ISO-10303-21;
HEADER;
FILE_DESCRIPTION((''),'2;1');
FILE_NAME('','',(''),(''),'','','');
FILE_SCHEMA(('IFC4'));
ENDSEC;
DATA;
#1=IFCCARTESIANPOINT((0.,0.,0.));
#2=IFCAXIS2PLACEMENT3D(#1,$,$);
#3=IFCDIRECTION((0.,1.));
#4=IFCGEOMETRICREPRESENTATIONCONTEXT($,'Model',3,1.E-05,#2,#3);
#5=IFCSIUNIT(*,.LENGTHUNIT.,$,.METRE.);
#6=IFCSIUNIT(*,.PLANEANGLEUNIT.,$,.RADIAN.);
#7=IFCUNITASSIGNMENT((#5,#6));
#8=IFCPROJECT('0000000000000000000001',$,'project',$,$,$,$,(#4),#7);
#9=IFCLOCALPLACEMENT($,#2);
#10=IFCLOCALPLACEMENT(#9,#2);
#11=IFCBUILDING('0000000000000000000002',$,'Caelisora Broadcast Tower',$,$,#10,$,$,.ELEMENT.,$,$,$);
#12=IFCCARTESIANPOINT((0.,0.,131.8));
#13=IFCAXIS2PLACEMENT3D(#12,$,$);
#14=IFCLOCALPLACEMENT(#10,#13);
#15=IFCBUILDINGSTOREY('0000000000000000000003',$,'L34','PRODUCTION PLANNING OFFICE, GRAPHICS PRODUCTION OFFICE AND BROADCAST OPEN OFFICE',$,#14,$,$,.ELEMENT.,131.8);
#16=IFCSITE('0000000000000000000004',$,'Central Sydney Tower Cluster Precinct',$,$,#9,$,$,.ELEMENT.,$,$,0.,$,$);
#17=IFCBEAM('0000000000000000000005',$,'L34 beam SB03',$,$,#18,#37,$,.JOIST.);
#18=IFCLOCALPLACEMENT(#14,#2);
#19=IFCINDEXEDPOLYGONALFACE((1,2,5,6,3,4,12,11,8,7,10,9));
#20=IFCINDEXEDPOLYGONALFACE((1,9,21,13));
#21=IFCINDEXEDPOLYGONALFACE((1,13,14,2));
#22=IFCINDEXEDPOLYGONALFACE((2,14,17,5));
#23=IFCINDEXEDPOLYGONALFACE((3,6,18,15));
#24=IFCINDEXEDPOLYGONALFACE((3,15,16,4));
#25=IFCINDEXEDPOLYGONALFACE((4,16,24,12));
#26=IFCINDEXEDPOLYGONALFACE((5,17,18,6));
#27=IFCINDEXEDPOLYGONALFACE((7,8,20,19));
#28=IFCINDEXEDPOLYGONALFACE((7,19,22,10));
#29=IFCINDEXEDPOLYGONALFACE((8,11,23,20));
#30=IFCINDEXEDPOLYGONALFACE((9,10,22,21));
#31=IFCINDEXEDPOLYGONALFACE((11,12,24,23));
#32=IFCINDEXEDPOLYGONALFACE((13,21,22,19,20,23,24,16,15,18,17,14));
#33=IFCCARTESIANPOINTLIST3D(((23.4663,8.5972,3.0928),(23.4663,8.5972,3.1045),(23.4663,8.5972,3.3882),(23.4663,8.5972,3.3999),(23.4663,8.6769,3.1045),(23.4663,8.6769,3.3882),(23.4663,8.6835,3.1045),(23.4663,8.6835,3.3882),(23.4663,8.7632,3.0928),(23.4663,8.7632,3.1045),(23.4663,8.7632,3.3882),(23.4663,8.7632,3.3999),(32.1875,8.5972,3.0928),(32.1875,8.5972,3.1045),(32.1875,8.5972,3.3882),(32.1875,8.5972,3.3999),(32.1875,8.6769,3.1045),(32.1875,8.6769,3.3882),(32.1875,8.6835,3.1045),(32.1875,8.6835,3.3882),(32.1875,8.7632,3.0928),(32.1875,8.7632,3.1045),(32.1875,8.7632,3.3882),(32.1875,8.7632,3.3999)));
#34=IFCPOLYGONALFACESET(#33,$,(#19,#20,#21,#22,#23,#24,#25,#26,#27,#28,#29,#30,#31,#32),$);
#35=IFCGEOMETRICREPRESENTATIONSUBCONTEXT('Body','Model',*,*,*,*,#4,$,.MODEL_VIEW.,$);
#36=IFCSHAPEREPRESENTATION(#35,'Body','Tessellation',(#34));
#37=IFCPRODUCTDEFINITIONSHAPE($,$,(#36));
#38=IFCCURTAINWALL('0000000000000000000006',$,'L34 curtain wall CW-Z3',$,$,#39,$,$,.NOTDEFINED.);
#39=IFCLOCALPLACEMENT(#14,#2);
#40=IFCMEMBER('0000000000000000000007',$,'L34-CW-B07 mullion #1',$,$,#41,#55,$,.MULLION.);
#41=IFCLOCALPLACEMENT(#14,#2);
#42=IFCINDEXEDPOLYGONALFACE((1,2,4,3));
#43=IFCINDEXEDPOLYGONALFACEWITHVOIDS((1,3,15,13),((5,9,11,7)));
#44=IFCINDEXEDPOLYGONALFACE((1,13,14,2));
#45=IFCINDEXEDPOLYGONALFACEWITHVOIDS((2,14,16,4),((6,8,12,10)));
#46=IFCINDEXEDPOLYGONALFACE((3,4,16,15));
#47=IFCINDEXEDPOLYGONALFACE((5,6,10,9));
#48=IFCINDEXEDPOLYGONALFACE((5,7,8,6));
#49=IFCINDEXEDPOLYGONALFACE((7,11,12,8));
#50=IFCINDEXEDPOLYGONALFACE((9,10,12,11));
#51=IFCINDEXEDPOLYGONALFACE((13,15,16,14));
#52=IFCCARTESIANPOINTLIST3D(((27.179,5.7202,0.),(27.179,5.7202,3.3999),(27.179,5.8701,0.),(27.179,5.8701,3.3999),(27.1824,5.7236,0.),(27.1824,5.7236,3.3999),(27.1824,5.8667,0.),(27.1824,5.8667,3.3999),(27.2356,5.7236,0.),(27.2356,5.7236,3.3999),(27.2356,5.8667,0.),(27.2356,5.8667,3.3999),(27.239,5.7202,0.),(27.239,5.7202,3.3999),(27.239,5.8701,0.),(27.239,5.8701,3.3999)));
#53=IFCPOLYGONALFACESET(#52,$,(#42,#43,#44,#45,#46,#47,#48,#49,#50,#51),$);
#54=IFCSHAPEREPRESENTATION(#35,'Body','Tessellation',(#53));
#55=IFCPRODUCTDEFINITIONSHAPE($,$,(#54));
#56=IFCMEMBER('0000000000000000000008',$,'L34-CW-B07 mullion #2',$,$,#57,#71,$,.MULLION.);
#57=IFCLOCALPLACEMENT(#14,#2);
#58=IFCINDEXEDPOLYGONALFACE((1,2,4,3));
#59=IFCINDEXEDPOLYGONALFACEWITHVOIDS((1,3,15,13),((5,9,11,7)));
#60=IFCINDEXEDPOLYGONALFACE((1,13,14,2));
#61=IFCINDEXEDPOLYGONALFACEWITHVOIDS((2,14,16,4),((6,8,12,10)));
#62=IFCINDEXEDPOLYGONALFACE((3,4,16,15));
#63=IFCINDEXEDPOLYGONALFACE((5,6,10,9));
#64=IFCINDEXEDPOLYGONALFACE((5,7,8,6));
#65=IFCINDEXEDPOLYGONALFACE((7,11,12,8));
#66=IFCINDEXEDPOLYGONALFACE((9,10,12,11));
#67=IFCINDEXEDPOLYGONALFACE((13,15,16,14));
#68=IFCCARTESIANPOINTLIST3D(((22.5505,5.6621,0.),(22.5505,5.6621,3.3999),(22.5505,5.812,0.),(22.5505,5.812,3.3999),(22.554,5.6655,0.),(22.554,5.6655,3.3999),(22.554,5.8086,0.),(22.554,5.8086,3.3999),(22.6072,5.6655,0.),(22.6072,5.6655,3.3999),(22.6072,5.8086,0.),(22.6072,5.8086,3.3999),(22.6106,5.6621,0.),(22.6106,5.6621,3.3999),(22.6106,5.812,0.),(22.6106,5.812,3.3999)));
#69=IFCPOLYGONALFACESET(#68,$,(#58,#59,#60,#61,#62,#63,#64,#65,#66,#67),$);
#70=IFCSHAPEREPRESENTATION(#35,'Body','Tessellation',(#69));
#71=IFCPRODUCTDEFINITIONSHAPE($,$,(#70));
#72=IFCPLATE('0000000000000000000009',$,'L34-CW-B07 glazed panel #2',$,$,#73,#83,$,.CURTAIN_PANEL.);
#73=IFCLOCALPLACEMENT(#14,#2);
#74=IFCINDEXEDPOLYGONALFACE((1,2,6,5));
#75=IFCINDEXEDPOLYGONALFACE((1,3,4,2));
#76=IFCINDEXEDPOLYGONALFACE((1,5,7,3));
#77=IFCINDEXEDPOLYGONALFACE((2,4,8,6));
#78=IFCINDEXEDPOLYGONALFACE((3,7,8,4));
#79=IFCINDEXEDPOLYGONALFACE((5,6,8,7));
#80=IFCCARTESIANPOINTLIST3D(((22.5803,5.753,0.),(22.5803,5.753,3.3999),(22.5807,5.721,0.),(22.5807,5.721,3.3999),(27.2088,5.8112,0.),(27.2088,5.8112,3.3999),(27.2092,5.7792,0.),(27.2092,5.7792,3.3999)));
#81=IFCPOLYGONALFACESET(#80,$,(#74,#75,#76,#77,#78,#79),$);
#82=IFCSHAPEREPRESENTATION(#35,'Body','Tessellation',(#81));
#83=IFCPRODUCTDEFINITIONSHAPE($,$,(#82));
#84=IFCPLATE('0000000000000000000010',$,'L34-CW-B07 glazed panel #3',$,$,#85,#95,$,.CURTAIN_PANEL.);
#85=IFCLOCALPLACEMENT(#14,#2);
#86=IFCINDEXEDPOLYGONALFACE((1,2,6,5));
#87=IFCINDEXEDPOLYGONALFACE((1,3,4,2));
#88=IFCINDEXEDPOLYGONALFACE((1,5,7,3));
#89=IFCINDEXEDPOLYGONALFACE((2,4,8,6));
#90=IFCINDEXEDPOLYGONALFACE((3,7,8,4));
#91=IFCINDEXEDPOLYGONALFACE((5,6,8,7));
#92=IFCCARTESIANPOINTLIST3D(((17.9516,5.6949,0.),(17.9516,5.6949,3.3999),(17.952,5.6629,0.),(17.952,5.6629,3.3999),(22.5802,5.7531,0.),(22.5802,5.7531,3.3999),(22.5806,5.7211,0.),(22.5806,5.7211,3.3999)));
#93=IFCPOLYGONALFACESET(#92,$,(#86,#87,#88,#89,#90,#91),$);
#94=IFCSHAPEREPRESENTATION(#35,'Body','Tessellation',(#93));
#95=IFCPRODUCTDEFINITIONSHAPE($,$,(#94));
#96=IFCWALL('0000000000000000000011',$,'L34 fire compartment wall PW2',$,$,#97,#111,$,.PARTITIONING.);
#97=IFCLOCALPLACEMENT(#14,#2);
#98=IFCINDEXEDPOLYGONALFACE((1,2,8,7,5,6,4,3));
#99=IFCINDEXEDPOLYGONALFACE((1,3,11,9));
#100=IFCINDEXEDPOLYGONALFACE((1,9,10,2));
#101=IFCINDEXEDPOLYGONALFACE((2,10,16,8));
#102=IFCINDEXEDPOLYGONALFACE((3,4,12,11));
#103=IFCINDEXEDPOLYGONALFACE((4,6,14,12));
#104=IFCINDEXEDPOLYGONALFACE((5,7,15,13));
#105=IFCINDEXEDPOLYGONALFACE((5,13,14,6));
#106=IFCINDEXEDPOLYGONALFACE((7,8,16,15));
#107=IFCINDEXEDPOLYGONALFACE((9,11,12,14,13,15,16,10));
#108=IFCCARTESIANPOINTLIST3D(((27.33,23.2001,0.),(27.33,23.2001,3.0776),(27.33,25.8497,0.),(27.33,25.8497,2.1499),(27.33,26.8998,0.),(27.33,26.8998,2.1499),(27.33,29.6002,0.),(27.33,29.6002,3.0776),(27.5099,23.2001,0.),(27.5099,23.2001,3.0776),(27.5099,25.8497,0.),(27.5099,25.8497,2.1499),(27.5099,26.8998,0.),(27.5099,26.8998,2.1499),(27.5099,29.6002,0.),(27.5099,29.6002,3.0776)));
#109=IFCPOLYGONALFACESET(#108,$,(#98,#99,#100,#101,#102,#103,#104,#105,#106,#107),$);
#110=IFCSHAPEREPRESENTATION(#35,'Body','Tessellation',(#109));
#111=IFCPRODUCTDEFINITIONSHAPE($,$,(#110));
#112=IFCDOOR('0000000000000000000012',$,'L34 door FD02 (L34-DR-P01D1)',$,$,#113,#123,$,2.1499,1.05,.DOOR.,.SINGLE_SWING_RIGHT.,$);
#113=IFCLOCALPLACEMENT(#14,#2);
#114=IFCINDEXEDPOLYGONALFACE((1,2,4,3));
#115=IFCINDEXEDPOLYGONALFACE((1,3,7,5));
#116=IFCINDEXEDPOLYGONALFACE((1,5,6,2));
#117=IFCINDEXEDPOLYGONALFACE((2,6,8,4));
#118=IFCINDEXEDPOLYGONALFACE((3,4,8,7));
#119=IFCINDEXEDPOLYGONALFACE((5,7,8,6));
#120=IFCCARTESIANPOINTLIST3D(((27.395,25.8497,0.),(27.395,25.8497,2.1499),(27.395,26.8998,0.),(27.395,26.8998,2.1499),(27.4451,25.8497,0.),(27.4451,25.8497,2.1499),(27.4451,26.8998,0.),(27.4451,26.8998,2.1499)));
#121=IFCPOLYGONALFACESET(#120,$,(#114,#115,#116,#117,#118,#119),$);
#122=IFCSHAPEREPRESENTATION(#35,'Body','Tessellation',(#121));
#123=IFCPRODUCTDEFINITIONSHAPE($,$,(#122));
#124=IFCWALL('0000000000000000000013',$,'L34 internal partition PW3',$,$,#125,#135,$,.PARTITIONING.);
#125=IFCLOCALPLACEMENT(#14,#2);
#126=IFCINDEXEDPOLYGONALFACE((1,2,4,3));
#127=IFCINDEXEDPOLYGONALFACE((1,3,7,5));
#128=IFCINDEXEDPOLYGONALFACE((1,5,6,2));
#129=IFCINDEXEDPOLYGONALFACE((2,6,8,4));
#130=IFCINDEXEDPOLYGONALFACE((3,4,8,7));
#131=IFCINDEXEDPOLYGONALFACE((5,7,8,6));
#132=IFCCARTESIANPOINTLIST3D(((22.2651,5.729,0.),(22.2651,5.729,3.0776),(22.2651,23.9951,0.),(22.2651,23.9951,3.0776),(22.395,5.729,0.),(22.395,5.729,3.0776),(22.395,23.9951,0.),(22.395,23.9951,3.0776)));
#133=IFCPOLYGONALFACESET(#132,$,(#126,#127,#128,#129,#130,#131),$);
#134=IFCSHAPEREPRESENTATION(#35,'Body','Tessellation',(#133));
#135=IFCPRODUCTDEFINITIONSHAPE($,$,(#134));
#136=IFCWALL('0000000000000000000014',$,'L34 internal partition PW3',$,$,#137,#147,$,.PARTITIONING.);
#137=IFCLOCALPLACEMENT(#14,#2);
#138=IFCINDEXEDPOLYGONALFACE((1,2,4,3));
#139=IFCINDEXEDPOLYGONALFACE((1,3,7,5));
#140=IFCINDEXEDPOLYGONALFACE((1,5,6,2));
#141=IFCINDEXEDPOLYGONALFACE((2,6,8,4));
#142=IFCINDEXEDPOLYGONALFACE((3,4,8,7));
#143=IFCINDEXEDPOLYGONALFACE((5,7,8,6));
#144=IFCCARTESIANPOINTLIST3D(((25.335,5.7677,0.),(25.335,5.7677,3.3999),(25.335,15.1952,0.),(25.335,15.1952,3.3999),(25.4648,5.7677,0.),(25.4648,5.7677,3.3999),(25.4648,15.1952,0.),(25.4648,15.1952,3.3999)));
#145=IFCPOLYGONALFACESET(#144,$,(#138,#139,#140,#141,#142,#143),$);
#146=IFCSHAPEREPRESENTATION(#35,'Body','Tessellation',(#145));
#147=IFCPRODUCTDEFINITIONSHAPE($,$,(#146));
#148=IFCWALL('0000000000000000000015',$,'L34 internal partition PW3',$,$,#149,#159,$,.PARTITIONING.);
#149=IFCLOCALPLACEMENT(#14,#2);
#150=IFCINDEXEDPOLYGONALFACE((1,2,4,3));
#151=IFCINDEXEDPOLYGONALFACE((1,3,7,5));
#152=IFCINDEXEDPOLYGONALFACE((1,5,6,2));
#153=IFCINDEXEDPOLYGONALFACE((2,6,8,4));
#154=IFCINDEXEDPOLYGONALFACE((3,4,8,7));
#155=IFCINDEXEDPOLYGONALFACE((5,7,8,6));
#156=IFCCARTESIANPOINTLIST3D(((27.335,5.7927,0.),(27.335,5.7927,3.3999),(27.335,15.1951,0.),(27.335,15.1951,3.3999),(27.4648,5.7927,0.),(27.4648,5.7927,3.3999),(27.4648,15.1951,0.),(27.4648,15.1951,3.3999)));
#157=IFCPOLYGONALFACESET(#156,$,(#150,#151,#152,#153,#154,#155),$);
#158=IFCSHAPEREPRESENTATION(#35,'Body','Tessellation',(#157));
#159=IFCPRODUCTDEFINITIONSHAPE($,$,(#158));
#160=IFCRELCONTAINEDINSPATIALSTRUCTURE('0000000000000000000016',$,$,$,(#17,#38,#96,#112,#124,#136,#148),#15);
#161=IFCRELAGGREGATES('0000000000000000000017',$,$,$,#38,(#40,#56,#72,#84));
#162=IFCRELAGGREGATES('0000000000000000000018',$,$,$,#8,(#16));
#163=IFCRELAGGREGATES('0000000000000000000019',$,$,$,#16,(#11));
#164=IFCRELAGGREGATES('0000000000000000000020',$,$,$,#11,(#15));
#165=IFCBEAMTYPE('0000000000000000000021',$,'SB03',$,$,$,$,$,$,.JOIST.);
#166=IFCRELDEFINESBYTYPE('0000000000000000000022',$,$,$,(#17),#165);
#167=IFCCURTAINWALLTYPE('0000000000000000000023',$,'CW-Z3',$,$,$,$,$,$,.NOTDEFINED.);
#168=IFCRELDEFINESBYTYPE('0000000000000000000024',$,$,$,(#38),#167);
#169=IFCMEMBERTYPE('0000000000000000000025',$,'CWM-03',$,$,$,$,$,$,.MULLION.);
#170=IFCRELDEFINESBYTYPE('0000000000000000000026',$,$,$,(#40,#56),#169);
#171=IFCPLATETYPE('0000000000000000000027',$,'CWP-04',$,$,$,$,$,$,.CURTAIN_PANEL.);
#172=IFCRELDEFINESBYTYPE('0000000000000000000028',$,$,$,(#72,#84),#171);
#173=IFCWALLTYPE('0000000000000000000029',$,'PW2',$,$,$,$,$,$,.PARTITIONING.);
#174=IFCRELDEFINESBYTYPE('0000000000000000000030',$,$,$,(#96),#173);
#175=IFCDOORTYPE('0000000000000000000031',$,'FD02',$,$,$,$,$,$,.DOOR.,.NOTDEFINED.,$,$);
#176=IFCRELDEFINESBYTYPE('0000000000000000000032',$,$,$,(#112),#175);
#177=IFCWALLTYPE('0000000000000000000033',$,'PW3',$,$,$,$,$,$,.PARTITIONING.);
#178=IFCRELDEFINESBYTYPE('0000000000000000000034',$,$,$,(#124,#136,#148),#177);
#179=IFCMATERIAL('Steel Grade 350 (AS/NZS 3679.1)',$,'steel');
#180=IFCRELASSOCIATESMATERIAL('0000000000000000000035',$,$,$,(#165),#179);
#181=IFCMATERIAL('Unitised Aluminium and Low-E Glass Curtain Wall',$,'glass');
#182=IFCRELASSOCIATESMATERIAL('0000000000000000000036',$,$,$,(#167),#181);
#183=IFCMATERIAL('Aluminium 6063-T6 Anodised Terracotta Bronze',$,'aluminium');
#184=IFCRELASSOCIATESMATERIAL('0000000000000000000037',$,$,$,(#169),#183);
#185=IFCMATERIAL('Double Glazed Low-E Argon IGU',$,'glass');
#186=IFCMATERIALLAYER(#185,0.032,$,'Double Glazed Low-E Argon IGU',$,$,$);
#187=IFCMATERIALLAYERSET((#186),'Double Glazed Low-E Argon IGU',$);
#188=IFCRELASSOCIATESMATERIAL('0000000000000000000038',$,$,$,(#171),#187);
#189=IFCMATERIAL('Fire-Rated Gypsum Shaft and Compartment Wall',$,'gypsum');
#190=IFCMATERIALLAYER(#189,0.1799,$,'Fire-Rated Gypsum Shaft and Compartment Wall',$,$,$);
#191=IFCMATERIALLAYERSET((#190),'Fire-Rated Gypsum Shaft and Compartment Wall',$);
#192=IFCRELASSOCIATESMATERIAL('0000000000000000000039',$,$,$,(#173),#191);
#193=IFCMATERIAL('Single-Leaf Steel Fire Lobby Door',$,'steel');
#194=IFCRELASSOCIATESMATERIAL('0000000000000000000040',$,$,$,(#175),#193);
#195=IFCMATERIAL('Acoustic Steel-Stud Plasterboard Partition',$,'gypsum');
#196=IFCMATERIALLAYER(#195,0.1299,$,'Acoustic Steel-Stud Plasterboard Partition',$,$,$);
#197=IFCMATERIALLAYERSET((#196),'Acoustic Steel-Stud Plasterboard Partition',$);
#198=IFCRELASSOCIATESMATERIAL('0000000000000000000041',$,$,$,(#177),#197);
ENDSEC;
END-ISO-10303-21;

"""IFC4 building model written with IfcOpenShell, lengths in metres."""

from ifc_helpers import new_model, si_unit, direction, frame, frame_2d, origin, origin_2d, place, context, subcontext, project, spatial, rectangle, hollow_rectangle, i_section, extrude, source, transform, mapped, material, layer, layer_set, material_profile, profile_set, type_object, type_shapes, element, fill, aggregate, save


model = new_model("IFC4")

# Units and contexts
model_context = context("Model", 3, precision=1e-05, world=origin(), true_north=direction((0.0, 1.0)))
body_context = subcontext(model_context, "Body", "Model", "MODEL_VIEW")
ifc_project = project(units=[si_unit("LENGTHUNIT", "METRE"), si_unit("PLANEANGLEUNIT", "RADIAN")], contexts=[model_context])

# Site, building, storey
site_placement = place(None, origin())
site = spatial("IfcSite", under=ifc_project, at=site_placement, Name="Central Sydney Tower Cluster Precinct", CompositionType="ELEMENT", RefElevation=0.0)
building_placement = place(site_placement, origin())
building = spatial("IfcBuilding", under=site, at=building_placement, Name="Caelisora Broadcast Tower", CompositionType="ELEMENT")
storey_placement = place(building_placement, frame((0.0, 0.0, 131.8)))
storey = spatial("IfcBuildingStorey", under=building, at=storey_placement, Name="L34", Description="PRODUCTION PLANNING OFFICE, GRAPHICS PRODUCTION OFFICE AND BROADCAST OPEN OFFICE", CompositionType="ELEMENT", Elevation=131.8)

# Beam
ifc_material_1 = material(Name="Steel Grade 350 (AS/NZS 3679.1)", Category="steel")
ifc_material_profile_1 = material_profile(ifc_material_1, i_section(OverallWidth=0.166, OverallDepth=0.3071, WebThickness=0.0066, FlangeThickness=0.0117, at=origin_2d()), Name="Steel Grade 350 (AS/NZS 3679.1)")
ifc_profile_set_1 = profile_set([ifc_material_profile_1], Name="Steel Grade 350 (AS/NZS 3679.1)")
beam_type_1 = type_object("IfcBeamType", Name="SB03", PredefinedType="JOIST", material=ifc_profile_set_1)
shared_shape_1 = source(origin(), body_context, "Body", "SweptSolid", [
    extrude(i_section(OverallWidth=0.166, OverallDepth=0.3071, WebThickness=0.0066, FlangeThickness=0.0117, at=origin_2d()), origin(), (0.0, 0.0, 1.0), 8.7212),
])
beam_1_placement = place(storey_placement, frame((23.4663, 8.6802, 3.2463), z_axis=(1.0, 0.0, 0.0), x_axis=(0.0, 1.0, 0.0)))
element("IfcBeam", 1, at=beam_1_placement, inside=storey, type_object=beam_type_1, Name="L34 beam SB03", PredefinedType="JOIST", context=body_context, shape_type="MappedRepresentation", body=[
    mapped(shared_shape_1, transform((0.0, 0.0, 0.0), scale=1.0)),
])

# Curtain wall, members, plates
ifc_material_2 = material(Name="Unitised Aluminium and Low-E Glass Curtain Wall", Category="glass")
curtain_wall_type = type_object("IfcCurtainWallType", Name="CW-Z3", PredefinedType="NOTDEFINED", material=ifc_material_2)
curtain_wall_placement = place(storey_placement, origin())
curtain_wall = element("IfcCurtainWall", 2, at=curtain_wall_placement, inside=storey, type_object=curtain_wall_type, Name="L34 curtain wall CW-Z3", PredefinedType="NOTDEFINED")
ifc_material_3 = material(Name="Aluminium 6063-T6 Anodised Terracotta Bronze", Category="aluminium")
ifc_material_profile_2 = material_profile(ifc_material_3, hollow_rectangle(XDim=0.0601, YDim=0.1499, WallThickness=0.0034, at=origin_2d()), Name="Aluminium 6063-T6 Anodised Terracotta Bronze")
ifc_profile_set_2 = profile_set([ifc_material_profile_2], Name="Aluminium 6063-T6 Anodised Terracotta Bronze")
member_type = type_object("IfcMemberType", Name="CWM-03", PredefinedType="MULLION", material=ifc_profile_set_2)
shared_shape_2 = source(origin(), body_context, "Body", "SweptSolid", [
    extrude(hollow_rectangle(XDim=0.0601, YDim=0.1499, WallThickness=0.0034, at=origin_2d()), origin(), (0.0, 0.0, 1.0), 3.3999),
])
type_shapes(member_type, [shared_shape_2])
member_1_placement = place(storey_placement, frame((27.209, 5.7952, 0.0), z_axis=(0.0, 0.0, 1.0), x_axis=(1.0, 0.0, 0.0)))
member_1 = element("IfcMember", 3, at=member_1_placement, type_object=member_type, Name="L34-CW-B07 mullion #1", PredefinedType="MULLION", context=body_context, shape_type="MappedRepresentation", body=[
    mapped(shared_shape_2, transform((0.0, 0.0, 0.0), scale=1.0)),
])
member_2_placement = place(storey_placement, frame((22.5806, 5.7371, 0.0), z_axis=(0.0, 0.0, 1.0), x_axis=(1.0, 0.0, 0.0)))
member_2 = element("IfcMember", 4, at=member_2_placement, type_object=member_type, Name="L34-CW-B07 mullion #2", PredefinedType="MULLION", context=body_context, shape_type="MappedRepresentation", body=[
    mapped(shared_shape_2, transform((0.0, 0.0, 0.0), scale=1.0)),
])
ifc_material_4 = material(Name="Double Glazed Low-E Argon IGU", Category="glass")
ifc_layer_1 = layer(ifc_material_4, 0.032, Name="Double Glazed Low-E Argon IGU")
ifc_layer_set_1 = layer_set([ifc_layer_1], Name="Double Glazed Low-E Argon IGU")
plate_type = type_object("IfcPlateType", Name="CWP-04", PredefinedType="CURTAIN_PANEL", material=ifc_layer_set_1)
shared_shape_3 = source(origin(), body_context, "Body", "SweptSolid", [
    extrude(rectangle(XDim=4.6289, YDim=0.032, at=origin_2d()), origin(), (0.0, 0.0, 1.0), 3.3999),
])
type_shapes(plate_type, [shared_shape_3])
plate_1_placement = place(storey_placement, frame((24.8948, 5.7661, 0.0), z_axis=(0.0, 0.0, 1.0), x_axis=(-0.999921, -0.012566, 0.0)))
plate_1 = element("IfcPlate", 5, at=plate_1_placement, type_object=plate_type, Name="L34-CW-B07 glazed panel #2", PredefinedType="CURTAIN_PANEL", context=body_context, shape_type="MappedRepresentation", body=[
    mapped(shared_shape_3, transform((0.0, 0.0, 0.0), scale=1.0)),
])
plate_2_placement = place(storey_placement, frame((20.2661, 5.708, 0.0), z_axis=(0.0, 0.0, 1.0), x_axis=(-0.999921, -0.012566, 0.0)))
plate_2 = element("IfcPlate", 6, at=plate_2_placement, type_object=plate_type, Name="L34-CW-B07 glazed panel #3", PredefinedType="CURTAIN_PANEL", context=body_context, shape_type="MappedRepresentation", body=[
    mapped(shared_shape_3, transform((0.0, 0.0, 0.0), scale=1.0)),
])
aggregate(curtain_wall, [member_1, member_2, plate_1, plate_2])

# Wall, opening, door
ifc_material_5 = material(Name="Fire-Rated Gypsum Shaft and Compartment Wall", Category="gypsum")
ifc_layer_2 = layer(ifc_material_5, 0.1799, Name="Fire-Rated Gypsum Shaft and Compartment Wall")
ifc_layer_set_2 = layer_set([ifc_layer_2], Name="Fire-Rated Gypsum Shaft and Compartment Wall")
wall_type_1 = type_object("IfcWallType", Name="PW2", PredefinedType="PARTITIONING", material=ifc_layer_set_2)
wall_1_placement = place(storey_placement, frame((27.4199, 23.2, 0.0), z_axis=(0.0, 0.0, 1.0), x_axis=(0.0, 1.0, 0.0)))
wall_1 = element("IfcWall", 7, at=wall_1_placement, inside=storey, type_object=wall_type_1, Name="L34 fire compartment wall PW2", PredefinedType="PARTITIONING", context=body_context, shape_type="SweptSolid", body=[
    extrude(rectangle(XDim=6.4001, YDim=0.1799, at=frame_2d((3.2002, 0.0))), origin(), (0.0, 0.0, 1.0), 3.0776),
])
opening_1_placement = place(wall_1_placement, frame((2.6499, 0.0, 0.0)))
opening_1 = element("IfcOpeningElement", 8, at=opening_1_placement, cuts=wall_1, PredefinedType="OPENING", context=body_context, shape_type="SweptSolid", body=[
    extrude(rectangle(XDim=1.05, YDim=2.1499, at=frame_2d((0.5249, 1.075))), frame((0.0, 0.1021, 0.0), z_axis=(0.0, -1.0, 0.0), x_axis=(1.0, 0.0, 0.0)), (0.0, 0.0, 1.0), 0.2039),
])
ifc_material_6 = material(Name="Single-Leaf Steel Fire Lobby Door", Category="steel")
door_type_1 = type_object("IfcDoorType", Name="FD02", OperationType="NOTDEFINED", PredefinedType="DOOR", material=ifc_material_6)
door_1_placement = place(opening_1_placement, origin())
door_1 = element("IfcDoor", 9, at=door_1_placement, inside=storey, type_object=door_type_1, Name="L34 door FD02 (L34-DR-P01D1)", OperationType="SINGLE_SWING_RIGHT", OverallHeight=2.1499, OverallWidth=1.05, PredefinedType="DOOR", context=body_context, shape_type="SweptSolid", body=[
    extrude(rectangle(XDim=1.05, YDim=2.1499, at=frame_2d((0.5249, 1.075))), frame((0.0, 0.0249, 0.0), z_axis=(0.0, -1.0, 0.0), x_axis=(1.0, 0.0, 0.0)), (0.0, 0.0, 1.0), 0.05),
])
fill(opening_1, door_1)

# Walls
ifc_material_7 = material(Name="Acoustic Steel-Stud Plasterboard Partition", Category="gypsum")
ifc_layer_3 = layer(ifc_material_7, 0.1299, Name="Acoustic Steel-Stud Plasterboard Partition")
ifc_layer_set_3 = layer_set([ifc_layer_3], Name="Acoustic Steel-Stud Plasterboard Partition")
wall_type_2 = type_object("IfcWallType", Name="PW3", PredefinedType="PARTITIONING", material=ifc_layer_set_3)
wall_2_placement = place(storey_placement, frame((22.3301, 5.729, 0.0), z_axis=(0.0, 0.0, 1.0), x_axis=(0.0, 1.0, 0.0)))
element("IfcWall", 10, at=wall_2_placement, inside=storey, type_object=wall_type_2, Name="L34 internal partition PW3", PredefinedType="PARTITIONING", context=body_context, shape_type="SweptSolid", body=[
    extrude(rectangle(XDim=18.2661, YDim=0.1299, at=frame_2d((9.1331, 0.0))), origin(), (0.0, 0.0, 1.0), 3.0776),
])
wall_3_placement = place(storey_placement, frame((25.3999, 5.7676, 0.0), z_axis=(0.0, 0.0, 1.0), x_axis=(0.0, 1.0, 0.0)))
element("IfcWall", 11, at=wall_3_placement, inside=storey, type_object=wall_type_2, Name="L34 internal partition PW3", PredefinedType="PARTITIONING", context=body_context, shape_type="SweptSolid", body=[
    extrude(rectangle(XDim=9.4275, YDim=0.1299, at=frame_2d((4.7139, 0.0))), origin(), (0.0, 0.0, 1.0), 3.3999),
])
wall_4_placement = place(storey_placement, frame((27.3999, 5.7927, 0.0), z_axis=(0.0, 0.0, 1.0), x_axis=(0.0, 1.0, 0.0)))
element("IfcWall", 12, at=wall_4_placement, inside=storey, type_object=wall_type_2, Name="L34 internal partition PW3", PredefinedType="PARTITIONING", context=body_context, shape_type="SweptSolid", body=[
    extrude(rectangle(XDim=9.4023, YDim=0.1299, at=frame_2d((4.7012, 0.0))), origin(), (0.0, 0.0, 1.0), 3.3999),
])

save(model, "model.ifc")
